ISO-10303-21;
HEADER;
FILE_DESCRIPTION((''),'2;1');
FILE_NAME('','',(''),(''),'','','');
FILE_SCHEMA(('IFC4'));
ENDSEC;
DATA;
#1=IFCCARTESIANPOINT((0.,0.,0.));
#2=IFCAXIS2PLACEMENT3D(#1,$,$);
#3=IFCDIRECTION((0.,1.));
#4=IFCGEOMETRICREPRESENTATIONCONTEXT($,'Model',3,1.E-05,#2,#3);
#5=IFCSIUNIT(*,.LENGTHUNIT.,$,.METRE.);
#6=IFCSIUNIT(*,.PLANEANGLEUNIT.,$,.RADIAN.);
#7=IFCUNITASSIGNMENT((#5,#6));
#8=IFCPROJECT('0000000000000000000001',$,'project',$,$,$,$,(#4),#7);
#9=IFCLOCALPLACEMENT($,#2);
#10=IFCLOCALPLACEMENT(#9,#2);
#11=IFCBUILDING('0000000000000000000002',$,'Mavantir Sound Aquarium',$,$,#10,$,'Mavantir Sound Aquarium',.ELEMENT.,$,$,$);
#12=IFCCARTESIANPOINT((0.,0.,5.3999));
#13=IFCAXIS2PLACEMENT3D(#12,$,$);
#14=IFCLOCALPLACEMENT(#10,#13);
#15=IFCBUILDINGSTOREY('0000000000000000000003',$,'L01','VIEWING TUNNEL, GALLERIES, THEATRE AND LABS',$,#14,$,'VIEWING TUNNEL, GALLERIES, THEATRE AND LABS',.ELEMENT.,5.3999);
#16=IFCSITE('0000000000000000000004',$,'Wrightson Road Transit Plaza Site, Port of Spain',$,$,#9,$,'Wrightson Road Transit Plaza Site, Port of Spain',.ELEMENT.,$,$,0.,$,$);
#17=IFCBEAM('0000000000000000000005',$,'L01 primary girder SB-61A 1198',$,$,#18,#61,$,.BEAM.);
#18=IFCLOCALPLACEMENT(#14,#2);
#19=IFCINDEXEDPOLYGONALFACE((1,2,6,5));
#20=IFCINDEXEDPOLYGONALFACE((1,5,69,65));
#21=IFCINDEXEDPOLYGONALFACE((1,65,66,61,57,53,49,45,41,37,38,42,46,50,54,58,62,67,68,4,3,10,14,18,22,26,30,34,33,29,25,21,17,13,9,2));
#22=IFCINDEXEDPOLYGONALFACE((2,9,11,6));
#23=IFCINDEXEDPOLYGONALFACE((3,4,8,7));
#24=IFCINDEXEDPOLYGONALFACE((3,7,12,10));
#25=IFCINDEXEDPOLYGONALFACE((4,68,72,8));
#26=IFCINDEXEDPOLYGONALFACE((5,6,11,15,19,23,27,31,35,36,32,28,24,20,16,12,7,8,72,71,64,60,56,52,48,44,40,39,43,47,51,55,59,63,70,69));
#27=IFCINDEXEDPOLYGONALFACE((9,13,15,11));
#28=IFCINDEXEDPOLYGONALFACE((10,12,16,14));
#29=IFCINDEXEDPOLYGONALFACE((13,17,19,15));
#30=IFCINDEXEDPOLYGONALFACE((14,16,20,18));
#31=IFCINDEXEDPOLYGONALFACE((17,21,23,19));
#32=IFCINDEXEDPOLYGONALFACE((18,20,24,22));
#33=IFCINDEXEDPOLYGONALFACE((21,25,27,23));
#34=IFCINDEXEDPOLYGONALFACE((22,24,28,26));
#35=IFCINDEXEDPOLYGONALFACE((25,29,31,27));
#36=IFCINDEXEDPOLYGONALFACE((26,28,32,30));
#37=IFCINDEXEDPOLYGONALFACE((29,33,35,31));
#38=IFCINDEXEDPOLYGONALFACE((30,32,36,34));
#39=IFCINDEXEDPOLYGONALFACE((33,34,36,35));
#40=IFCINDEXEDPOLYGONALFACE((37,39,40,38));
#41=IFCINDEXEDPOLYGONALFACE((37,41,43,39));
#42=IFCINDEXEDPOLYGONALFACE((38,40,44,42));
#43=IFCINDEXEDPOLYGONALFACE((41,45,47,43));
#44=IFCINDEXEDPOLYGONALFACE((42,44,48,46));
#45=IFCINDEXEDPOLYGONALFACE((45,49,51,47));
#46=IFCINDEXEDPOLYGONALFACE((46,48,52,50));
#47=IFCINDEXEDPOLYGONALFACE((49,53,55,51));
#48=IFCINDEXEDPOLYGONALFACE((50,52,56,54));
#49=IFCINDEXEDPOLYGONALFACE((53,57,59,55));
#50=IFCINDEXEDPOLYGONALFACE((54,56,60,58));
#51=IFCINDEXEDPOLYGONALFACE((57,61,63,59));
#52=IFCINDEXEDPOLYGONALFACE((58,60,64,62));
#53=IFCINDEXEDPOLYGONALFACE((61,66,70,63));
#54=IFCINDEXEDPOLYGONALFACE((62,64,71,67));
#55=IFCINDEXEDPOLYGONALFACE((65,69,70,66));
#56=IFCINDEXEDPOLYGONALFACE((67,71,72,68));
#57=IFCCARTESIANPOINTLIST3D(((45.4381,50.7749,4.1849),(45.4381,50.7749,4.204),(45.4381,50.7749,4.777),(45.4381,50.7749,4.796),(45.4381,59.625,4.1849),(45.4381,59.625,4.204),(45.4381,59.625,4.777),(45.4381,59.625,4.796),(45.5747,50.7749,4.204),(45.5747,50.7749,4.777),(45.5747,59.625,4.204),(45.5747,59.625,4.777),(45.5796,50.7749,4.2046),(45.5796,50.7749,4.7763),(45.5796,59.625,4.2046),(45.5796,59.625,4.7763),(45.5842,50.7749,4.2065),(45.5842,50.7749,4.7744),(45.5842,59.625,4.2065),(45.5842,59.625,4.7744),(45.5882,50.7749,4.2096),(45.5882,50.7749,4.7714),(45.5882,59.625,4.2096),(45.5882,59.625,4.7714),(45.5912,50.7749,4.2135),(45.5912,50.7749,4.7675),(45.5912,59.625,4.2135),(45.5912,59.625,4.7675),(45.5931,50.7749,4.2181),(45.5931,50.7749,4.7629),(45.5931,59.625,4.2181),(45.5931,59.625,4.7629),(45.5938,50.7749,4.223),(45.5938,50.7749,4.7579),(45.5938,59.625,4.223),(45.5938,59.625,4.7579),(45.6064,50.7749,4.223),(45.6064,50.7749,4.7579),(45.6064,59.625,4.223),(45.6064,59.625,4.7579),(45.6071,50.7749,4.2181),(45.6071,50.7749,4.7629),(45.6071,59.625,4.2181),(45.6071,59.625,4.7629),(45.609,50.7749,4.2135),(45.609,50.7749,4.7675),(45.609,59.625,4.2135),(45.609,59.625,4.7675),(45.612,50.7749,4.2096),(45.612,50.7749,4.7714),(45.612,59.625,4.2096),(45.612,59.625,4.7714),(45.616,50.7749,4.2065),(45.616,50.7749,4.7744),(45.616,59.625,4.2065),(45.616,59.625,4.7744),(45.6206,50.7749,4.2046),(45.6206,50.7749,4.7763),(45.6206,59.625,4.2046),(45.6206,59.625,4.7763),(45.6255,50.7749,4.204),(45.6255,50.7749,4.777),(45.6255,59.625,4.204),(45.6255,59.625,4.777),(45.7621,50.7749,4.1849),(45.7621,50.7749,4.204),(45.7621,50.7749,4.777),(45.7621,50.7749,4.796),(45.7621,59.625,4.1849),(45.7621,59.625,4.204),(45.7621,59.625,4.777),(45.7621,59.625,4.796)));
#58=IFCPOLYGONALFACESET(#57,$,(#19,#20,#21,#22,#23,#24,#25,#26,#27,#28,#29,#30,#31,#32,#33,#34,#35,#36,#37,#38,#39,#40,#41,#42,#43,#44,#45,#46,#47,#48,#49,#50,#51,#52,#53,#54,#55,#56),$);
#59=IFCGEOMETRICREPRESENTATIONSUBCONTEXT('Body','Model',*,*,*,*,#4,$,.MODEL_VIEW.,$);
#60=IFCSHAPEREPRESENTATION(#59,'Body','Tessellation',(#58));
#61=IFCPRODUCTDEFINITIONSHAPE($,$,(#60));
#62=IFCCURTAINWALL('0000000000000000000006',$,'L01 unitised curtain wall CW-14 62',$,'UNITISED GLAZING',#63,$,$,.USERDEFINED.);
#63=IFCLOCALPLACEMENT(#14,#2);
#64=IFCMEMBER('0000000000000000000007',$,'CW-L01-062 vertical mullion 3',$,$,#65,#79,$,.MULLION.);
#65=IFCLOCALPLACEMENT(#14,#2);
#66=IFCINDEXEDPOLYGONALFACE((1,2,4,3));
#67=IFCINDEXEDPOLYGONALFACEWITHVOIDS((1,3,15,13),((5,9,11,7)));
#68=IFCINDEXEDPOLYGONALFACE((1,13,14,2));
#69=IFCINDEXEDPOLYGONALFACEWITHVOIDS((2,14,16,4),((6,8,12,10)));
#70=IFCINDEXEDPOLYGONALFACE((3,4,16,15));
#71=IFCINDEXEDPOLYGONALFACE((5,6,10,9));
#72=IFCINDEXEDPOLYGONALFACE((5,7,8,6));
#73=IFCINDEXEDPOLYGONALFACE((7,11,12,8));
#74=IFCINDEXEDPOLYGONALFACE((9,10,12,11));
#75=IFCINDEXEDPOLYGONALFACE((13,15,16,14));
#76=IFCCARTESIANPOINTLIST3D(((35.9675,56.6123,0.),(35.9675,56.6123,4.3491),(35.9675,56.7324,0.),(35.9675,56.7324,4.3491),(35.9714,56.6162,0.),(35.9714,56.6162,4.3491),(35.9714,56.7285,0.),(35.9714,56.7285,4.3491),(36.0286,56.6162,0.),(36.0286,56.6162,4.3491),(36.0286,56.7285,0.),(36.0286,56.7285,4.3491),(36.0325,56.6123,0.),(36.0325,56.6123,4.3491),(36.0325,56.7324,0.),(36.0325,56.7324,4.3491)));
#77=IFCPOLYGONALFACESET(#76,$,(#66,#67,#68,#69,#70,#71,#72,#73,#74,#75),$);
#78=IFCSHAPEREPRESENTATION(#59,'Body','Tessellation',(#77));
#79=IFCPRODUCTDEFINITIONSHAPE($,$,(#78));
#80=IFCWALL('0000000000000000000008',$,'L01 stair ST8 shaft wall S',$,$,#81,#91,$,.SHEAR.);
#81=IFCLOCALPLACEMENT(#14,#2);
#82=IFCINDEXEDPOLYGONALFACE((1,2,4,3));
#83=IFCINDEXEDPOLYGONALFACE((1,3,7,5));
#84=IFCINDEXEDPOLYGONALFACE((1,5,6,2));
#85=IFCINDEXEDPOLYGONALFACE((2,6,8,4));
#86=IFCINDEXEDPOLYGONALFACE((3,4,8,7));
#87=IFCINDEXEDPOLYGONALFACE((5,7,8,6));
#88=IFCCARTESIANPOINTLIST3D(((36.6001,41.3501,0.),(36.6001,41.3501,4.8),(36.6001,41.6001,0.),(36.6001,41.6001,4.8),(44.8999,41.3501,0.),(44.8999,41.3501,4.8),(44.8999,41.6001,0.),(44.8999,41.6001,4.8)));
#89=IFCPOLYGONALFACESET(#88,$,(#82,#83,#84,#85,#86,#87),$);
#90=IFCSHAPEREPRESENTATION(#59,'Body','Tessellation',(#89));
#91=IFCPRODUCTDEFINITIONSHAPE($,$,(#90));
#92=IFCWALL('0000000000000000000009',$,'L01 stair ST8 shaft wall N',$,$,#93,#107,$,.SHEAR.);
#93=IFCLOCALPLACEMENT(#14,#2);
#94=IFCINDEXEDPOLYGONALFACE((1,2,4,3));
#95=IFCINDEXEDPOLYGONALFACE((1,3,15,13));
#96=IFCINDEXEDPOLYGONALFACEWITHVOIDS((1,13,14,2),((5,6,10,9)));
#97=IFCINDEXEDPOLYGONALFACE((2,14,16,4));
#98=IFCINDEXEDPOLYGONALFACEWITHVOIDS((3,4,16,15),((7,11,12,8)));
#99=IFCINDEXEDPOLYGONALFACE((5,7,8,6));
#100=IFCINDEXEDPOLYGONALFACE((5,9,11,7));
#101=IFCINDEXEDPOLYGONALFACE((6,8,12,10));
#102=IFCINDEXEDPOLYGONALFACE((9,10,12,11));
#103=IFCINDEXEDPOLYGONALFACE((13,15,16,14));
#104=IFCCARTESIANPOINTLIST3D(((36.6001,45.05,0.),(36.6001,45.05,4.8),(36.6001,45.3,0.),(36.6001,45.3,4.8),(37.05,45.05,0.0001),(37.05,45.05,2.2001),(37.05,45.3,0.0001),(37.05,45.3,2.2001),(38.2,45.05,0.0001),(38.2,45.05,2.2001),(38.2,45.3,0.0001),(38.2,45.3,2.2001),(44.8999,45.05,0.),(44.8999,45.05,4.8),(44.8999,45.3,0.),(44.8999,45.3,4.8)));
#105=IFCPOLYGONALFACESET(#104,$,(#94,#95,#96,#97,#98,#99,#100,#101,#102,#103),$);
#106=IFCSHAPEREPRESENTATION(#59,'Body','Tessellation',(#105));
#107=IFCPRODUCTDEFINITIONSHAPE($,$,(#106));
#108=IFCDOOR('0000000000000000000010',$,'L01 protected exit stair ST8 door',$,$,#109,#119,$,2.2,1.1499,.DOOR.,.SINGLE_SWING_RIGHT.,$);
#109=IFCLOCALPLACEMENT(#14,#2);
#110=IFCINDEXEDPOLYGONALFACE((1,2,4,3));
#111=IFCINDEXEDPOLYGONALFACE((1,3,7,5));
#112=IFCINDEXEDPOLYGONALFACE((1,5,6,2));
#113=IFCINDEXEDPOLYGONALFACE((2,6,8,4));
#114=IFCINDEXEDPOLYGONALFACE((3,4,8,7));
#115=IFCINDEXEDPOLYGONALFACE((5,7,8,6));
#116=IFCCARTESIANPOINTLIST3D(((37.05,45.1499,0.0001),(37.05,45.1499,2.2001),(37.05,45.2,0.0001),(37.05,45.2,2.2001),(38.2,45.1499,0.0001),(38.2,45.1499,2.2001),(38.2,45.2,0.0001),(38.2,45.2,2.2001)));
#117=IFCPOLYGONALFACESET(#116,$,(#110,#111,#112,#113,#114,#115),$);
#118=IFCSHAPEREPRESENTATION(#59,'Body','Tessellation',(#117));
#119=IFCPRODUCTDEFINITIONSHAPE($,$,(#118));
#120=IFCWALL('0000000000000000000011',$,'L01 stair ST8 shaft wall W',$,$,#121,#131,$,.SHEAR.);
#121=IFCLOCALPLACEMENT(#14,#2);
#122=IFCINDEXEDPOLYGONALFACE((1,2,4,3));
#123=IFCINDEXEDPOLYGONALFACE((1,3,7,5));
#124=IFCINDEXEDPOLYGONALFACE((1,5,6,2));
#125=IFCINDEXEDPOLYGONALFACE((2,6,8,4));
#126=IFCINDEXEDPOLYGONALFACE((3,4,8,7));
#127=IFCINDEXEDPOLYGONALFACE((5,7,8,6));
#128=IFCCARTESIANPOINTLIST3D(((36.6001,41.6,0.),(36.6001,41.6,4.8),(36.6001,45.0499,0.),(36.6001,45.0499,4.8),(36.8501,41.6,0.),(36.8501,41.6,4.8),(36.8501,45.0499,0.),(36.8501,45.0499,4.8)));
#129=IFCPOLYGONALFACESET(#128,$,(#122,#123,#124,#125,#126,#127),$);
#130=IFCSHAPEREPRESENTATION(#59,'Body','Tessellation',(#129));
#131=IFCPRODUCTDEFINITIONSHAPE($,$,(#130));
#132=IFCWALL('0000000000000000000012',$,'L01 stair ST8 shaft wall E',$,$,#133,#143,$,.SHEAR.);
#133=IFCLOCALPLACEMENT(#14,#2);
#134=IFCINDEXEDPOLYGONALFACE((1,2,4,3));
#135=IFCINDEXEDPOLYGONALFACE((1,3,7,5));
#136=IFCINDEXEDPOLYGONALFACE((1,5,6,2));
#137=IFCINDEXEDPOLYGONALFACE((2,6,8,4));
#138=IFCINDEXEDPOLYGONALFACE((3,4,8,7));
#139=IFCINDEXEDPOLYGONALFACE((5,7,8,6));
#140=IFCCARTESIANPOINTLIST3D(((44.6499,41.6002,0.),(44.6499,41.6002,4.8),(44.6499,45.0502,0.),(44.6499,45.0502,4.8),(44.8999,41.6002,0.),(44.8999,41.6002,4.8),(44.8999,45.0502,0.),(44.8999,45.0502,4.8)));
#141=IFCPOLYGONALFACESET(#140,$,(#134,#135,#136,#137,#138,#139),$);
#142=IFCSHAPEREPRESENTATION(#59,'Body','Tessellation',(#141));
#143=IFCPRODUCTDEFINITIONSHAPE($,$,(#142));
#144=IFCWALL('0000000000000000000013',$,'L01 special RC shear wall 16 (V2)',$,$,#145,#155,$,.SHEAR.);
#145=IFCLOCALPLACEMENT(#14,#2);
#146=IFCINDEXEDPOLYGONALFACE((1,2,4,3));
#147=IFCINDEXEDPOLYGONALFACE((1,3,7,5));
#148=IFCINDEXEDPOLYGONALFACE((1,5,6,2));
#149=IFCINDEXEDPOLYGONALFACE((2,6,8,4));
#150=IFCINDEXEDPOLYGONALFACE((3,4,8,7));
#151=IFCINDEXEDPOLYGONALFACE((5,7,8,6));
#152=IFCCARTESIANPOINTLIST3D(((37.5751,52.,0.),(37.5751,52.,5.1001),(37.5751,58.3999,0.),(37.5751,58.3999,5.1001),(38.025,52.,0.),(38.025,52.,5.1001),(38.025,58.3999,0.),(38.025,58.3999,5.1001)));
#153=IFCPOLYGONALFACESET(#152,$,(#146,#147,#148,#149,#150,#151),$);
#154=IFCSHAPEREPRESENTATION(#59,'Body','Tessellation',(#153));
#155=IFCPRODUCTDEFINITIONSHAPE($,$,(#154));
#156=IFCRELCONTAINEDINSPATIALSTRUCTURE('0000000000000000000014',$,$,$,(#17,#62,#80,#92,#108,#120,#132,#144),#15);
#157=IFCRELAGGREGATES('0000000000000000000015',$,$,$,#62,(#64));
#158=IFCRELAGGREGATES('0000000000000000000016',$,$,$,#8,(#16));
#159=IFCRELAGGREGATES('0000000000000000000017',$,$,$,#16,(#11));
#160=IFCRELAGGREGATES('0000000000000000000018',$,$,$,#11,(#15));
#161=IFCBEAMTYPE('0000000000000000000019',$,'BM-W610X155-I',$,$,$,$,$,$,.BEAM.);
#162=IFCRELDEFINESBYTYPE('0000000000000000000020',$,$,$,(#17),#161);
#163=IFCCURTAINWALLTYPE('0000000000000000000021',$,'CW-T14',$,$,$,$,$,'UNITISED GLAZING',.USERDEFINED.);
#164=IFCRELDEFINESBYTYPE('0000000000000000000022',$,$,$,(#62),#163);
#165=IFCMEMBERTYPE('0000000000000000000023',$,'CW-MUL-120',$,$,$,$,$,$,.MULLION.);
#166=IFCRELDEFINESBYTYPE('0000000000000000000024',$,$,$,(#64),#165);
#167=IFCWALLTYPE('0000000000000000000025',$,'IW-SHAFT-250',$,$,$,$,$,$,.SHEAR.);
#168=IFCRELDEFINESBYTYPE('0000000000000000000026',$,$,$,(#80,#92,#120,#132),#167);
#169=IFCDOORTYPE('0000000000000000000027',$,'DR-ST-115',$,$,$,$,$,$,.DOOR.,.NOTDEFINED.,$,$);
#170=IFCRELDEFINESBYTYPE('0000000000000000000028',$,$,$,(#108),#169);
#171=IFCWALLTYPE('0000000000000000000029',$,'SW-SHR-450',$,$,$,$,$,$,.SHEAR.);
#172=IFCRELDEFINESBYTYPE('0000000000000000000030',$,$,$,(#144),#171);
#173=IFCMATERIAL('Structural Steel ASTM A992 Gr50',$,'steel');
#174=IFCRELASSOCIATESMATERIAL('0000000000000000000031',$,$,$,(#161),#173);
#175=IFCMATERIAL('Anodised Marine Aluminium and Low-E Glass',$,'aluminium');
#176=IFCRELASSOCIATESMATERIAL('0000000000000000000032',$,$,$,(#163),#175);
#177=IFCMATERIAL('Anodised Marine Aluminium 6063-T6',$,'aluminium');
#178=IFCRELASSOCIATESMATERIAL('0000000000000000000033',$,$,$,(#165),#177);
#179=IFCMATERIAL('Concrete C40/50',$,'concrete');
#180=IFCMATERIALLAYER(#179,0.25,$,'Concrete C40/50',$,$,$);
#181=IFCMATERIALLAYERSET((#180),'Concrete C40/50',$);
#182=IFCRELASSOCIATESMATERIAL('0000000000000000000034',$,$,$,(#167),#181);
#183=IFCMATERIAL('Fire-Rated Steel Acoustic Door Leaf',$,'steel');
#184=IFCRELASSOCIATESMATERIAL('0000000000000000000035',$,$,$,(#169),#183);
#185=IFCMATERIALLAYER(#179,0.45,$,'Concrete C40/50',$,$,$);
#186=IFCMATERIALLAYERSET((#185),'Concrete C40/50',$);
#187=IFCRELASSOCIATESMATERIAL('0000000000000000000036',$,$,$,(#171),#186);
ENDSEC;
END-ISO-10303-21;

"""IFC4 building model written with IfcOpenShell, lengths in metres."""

from ifc_helpers import new_model, si_unit, direction, frame, frame_2d, origin, origin_2d, place, context, subcontext, project, spatial, rectangle, hollow_rectangle, i_section, extrude, material, layer, layer_set, material_profile, profile_set, type_object, element, fill, aggregate, save


model = new_model("IFC4")

# Units and contexts
model_context = context("Model", 3, precision=1e-05, world=origin(), true_north=direction((0.0, 1.0)))
body_context = subcontext(model_context, "Body", "Model", "MODEL_VIEW")
ifc_project = project(units=[si_unit("LENGTHUNIT", "METRE"), si_unit("PLANEANGLEUNIT", "RADIAN")], contexts=[model_context])

# Site, building, storey
site_placement = place(None, origin())
site = spatial("IfcSite", under=ifc_project, at=site_placement, Name="Wrightson Road Transit Plaza Site, Port of Spain", LongName="Wrightson Road Transit Plaza Site, Port of Spain", CompositionType="ELEMENT", RefElevation=0.0)
building_placement = place(site_placement, origin())
building = spatial("IfcBuilding", under=site, at=building_placement, Name="Mavantir Sound Aquarium", LongName="Mavantir Sound Aquarium", CompositionType="ELEMENT")
storey_placement = place(building_placement, frame((0.0, 0.0, 5.3999)))
storey = spatial("IfcBuildingStorey", under=building, at=storey_placement, Name="L01", Description="VIEWING TUNNEL, GALLERIES, THEATRE AND LABS", LongName="VIEWING TUNNEL, GALLERIES, THEATRE AND LABS", CompositionType="ELEMENT", Elevation=5.3999)

# Shared definitions
ifc_material_1 = material(Name="Concrete C40/50", Category="concrete")

# Beam
ifc_material_2 = material(Name="Structural Steel ASTM A992 Gr50", Category="steel")
ifc_material_profile_1 = material_profile(ifc_material_2, i_section(OverallWidth=0.324, OverallDepth=0.6111, WebThickness=0.0127, FlangeThickness=0.019, FilletRadius=0.019, at=origin_2d()), Name="W610X155")
ifc_profile_set_1 = profile_set([ifc_material_profile_1], Name="Structural Steel ASTM A992 Gr50")
beam_type_1 = type_object("IfcBeamType", Name="BM-W610X155-I", PredefinedType="BEAM", material=ifc_profile_set_1)
beam_1_placement = place(storey_placement, frame((45.6001, 50.7749, 4.4905), z_axis=(0.0, 1.0, 0.0), x_axis=(-1.0, 0.0, 0.0)))
element("IfcBeam", 1, at=beam_1_placement, inside=storey, type_object=beam_type_1, Name="L01 primary girder SB-61A 1198", PredefinedType="BEAM", context=body_context, shape_type="SweptSolid", body=[
    extrude(i_section(OverallWidth=0.324, OverallDepth=0.6111, WebThickness=0.0127, FlangeThickness=0.019, FilletRadius=0.019, at=origin_2d()), origin(), (0.0, 0.0, 1.0), 8.8501),
])

# Curtain wall, member
ifc_material_3 = material(Name="Anodised Marine Aluminium and Low-E Glass", Category="aluminium")
curtain_wall_type = type_object("IfcCurtainWallType", Name="CW-T14", ElementType="UNITISED GLAZING", PredefinedType="USERDEFINED", material=ifc_material_3)
curtain_wall_placement = place(storey_placement, origin())
curtain_wall = element("IfcCurtainWall", 2, at=curtain_wall_placement, inside=storey, type_object=curtain_wall_type, Name="L01 unitised curtain wall CW-14 62", ObjectType="UNITISED GLAZING", PredefinedType="USERDEFINED")
ifc_material_4 = material(Name="Anodised Marine Aluminium 6063-T6", Category="aluminium")
ifc_material_profile_2 = material_profile(ifc_material_4, hollow_rectangle(XDim=0.0649, YDim=0.1201, WallThickness=0.0039, at=origin_2d()), Name="ALU-MULLION-120X65")
ifc_profile_set_2 = profile_set([ifc_material_profile_2], Name="Anodised Marine Aluminium 6063-T6")
member_type = type_object("IfcMemberType", Name="CW-MUL-120", PredefinedType="MULLION", material=ifc_profile_set_2)
member_placement = place(storey_placement, frame((36.0, 56.6724, 0.0), z_axis=(0.0, 0.0, 1.0), x_axis=(1.0, 0.0, 0.0)))
member = element("IfcMember", 3, at=member_placement, type_object=member_type, Name="CW-L01-062 vertical mullion 3", PredefinedType="MULLION", context=body_context, shape_type="SweptSolid", body=[
    extrude(hollow_rectangle(XDim=0.0649, YDim=0.1201, WallThickness=0.0039, at=origin_2d()), origin(), (0.0, 0.0, 1.0), 4.3491),
])
aggregate(curtain_wall, [member])

# Wall
ifc_layer_1 = layer(ifc_material_1, 0.25, Name="Concrete C40/50")
ifc_layer_set_1 = layer_set([ifc_layer_1], Name="Concrete C40/50")
wall_type_1 = type_object("IfcWallType", Name="IW-SHAFT-250", PredefinedType="SHEAR", material=ifc_layer_set_1)
wall_1_placement = place(storey_placement, frame((36.6001, 41.4751, 0.0), z_axis=(0.0, 0.0, 1.0), x_axis=(1.0, 0.0, 0.0)))
element("IfcWall", 4, at=wall_1_placement, inside=storey, type_object=wall_type_1, Name="L01 stair ST8 shaft wall S", PredefinedType="SHEAR", context=body_context, shape_type="SweptSolid", body=[
    extrude(rectangle(XDim=8.2998, YDim=0.25, at=frame_2d((4.1499, 0.0))), origin(), (0.0, 0.0, 1.0), 4.8),
])

# Wall, opening, door
wall_2_placement = place(storey_placement, frame((44.8999, 45.175, 0.0), z_axis=(0.0, 0.0, 1.0), x_axis=(-1.0, 0.0, 0.0)))
wall_2 = element("IfcWall", 5, at=wall_2_placement, inside=storey, type_object=wall_type_1, Name="L01 stair ST8 shaft wall N", PredefinedType="SHEAR", context=body_context, shape_type="SweptSolid", body=[
    extrude(rectangle(XDim=8.2998, YDim=0.25, at=frame_2d((4.1499, 0.0))), origin(), (0.0, 0.0, 1.0), 4.8),
])
opening_placement = place(wall_2_placement, frame((7.8499, 0.0, 0.0), z_axis=(0.0, 0.0, 1.0), x_axis=(-1.0, 0.0, 0.0)))
opening = element("IfcOpeningElement", 6, at=opening_placement, cuts=wall_2, PredefinedType="OPENING", context=body_context, shape_type="SweptSolid", body=[
    extrude(rectangle(XDim=1.1499, YDim=2.2, at=frame_2d((0.575, 1.1001))), frame((0.0, 0.135, 0.0), z_axis=(0.0, -1.0, 0.0), x_axis=(1.0, 0.0, 0.0)), (0.0, 0.0, 1.0), 0.27),
])
ifc_material_5 = material(Name="Fire-Rated Steel Acoustic Door Leaf", Category="steel")
door_type = type_object("IfcDoorType", Name="DR-ST-115", OperationType="NOTDEFINED", PredefinedType="DOOR", material=ifc_material_5)
door_placement = place(opening_placement, origin())
door = element("IfcDoor", 7, at=door_placement, inside=storey, type_object=door_type, Name="L01 protected exit stair ST8 door", OperationType="SINGLE_SWING_RIGHT", OverallHeight=2.2, OverallWidth=1.1499, PredefinedType="DOOR", context=body_context, shape_type="SweptSolid", body=[
    extrude(rectangle(XDim=1.1499, YDim=2.2, at=frame_2d((0.575, 1.1001))), frame((0.0, 0.0249, 0.0), z_axis=(0.0, -1.0, 0.0), x_axis=(1.0, 0.0, 0.0)), (0.0, 0.0, 1.0), 0.05),
])
fill(opening, door)

# Walls
for number, where, z_axis, x_axis, name in (
    (8, (36.7251, 45.05, 0.0), (0.0, 0.0, 1.0), (0.0, -1.0, 0.0), "L01 stair ST8 shaft wall W"),
    (9, (44.7749, 41.6001, 0.0), (0.0, 0.0, 1.0), (0.0, 1.0, 0.0), "L01 stair ST8 shaft wall E"),
):
    element("IfcWall", number, at=place(storey_placement, frame(where, z_axis=z_axis, x_axis=x_axis)), inside=storey, type_object=wall_type_1, Name=name, PredefinedType="SHEAR", context=body_context, shape_type="SweptSolid", body=[
        extrude(rectangle(XDim=3.45, YDim=0.25, at=frame_2d((1.7251, 0.0))), origin(), (0.0, 0.0, 1.0), 4.8),
    ])
ifc_layer_2 = layer(ifc_material_1, 0.45, Name="Concrete C40/50")
ifc_layer_set_2 = layer_set([ifc_layer_2], Name="Concrete C40/50")
wall_type_2 = type_object("IfcWallType", Name="SW-SHR-450", PredefinedType="SHEAR", material=ifc_layer_set_2)
wall_3_placement = place(storey_placement, frame((37.8, 52.0, 0.0), z_axis=(0.0, 0.0, 1.0), x_axis=(0.0, 1.0, 0.0)))
element("IfcWall", 10, at=wall_3_placement, inside=storey, type_object=wall_type_2, Name="L01 special RC shear wall 16 (V2)", PredefinedType="SHEAR", context=body_context, shape_type="SweptSolid", body=[
    extrude(rectangle(XDim=6.3999, YDim=0.45, at=frame_2d((3.2, 0.0))), origin(), (0.0, 0.0, 1.0), 5.1001),
])

save(model, "model.ifc")
